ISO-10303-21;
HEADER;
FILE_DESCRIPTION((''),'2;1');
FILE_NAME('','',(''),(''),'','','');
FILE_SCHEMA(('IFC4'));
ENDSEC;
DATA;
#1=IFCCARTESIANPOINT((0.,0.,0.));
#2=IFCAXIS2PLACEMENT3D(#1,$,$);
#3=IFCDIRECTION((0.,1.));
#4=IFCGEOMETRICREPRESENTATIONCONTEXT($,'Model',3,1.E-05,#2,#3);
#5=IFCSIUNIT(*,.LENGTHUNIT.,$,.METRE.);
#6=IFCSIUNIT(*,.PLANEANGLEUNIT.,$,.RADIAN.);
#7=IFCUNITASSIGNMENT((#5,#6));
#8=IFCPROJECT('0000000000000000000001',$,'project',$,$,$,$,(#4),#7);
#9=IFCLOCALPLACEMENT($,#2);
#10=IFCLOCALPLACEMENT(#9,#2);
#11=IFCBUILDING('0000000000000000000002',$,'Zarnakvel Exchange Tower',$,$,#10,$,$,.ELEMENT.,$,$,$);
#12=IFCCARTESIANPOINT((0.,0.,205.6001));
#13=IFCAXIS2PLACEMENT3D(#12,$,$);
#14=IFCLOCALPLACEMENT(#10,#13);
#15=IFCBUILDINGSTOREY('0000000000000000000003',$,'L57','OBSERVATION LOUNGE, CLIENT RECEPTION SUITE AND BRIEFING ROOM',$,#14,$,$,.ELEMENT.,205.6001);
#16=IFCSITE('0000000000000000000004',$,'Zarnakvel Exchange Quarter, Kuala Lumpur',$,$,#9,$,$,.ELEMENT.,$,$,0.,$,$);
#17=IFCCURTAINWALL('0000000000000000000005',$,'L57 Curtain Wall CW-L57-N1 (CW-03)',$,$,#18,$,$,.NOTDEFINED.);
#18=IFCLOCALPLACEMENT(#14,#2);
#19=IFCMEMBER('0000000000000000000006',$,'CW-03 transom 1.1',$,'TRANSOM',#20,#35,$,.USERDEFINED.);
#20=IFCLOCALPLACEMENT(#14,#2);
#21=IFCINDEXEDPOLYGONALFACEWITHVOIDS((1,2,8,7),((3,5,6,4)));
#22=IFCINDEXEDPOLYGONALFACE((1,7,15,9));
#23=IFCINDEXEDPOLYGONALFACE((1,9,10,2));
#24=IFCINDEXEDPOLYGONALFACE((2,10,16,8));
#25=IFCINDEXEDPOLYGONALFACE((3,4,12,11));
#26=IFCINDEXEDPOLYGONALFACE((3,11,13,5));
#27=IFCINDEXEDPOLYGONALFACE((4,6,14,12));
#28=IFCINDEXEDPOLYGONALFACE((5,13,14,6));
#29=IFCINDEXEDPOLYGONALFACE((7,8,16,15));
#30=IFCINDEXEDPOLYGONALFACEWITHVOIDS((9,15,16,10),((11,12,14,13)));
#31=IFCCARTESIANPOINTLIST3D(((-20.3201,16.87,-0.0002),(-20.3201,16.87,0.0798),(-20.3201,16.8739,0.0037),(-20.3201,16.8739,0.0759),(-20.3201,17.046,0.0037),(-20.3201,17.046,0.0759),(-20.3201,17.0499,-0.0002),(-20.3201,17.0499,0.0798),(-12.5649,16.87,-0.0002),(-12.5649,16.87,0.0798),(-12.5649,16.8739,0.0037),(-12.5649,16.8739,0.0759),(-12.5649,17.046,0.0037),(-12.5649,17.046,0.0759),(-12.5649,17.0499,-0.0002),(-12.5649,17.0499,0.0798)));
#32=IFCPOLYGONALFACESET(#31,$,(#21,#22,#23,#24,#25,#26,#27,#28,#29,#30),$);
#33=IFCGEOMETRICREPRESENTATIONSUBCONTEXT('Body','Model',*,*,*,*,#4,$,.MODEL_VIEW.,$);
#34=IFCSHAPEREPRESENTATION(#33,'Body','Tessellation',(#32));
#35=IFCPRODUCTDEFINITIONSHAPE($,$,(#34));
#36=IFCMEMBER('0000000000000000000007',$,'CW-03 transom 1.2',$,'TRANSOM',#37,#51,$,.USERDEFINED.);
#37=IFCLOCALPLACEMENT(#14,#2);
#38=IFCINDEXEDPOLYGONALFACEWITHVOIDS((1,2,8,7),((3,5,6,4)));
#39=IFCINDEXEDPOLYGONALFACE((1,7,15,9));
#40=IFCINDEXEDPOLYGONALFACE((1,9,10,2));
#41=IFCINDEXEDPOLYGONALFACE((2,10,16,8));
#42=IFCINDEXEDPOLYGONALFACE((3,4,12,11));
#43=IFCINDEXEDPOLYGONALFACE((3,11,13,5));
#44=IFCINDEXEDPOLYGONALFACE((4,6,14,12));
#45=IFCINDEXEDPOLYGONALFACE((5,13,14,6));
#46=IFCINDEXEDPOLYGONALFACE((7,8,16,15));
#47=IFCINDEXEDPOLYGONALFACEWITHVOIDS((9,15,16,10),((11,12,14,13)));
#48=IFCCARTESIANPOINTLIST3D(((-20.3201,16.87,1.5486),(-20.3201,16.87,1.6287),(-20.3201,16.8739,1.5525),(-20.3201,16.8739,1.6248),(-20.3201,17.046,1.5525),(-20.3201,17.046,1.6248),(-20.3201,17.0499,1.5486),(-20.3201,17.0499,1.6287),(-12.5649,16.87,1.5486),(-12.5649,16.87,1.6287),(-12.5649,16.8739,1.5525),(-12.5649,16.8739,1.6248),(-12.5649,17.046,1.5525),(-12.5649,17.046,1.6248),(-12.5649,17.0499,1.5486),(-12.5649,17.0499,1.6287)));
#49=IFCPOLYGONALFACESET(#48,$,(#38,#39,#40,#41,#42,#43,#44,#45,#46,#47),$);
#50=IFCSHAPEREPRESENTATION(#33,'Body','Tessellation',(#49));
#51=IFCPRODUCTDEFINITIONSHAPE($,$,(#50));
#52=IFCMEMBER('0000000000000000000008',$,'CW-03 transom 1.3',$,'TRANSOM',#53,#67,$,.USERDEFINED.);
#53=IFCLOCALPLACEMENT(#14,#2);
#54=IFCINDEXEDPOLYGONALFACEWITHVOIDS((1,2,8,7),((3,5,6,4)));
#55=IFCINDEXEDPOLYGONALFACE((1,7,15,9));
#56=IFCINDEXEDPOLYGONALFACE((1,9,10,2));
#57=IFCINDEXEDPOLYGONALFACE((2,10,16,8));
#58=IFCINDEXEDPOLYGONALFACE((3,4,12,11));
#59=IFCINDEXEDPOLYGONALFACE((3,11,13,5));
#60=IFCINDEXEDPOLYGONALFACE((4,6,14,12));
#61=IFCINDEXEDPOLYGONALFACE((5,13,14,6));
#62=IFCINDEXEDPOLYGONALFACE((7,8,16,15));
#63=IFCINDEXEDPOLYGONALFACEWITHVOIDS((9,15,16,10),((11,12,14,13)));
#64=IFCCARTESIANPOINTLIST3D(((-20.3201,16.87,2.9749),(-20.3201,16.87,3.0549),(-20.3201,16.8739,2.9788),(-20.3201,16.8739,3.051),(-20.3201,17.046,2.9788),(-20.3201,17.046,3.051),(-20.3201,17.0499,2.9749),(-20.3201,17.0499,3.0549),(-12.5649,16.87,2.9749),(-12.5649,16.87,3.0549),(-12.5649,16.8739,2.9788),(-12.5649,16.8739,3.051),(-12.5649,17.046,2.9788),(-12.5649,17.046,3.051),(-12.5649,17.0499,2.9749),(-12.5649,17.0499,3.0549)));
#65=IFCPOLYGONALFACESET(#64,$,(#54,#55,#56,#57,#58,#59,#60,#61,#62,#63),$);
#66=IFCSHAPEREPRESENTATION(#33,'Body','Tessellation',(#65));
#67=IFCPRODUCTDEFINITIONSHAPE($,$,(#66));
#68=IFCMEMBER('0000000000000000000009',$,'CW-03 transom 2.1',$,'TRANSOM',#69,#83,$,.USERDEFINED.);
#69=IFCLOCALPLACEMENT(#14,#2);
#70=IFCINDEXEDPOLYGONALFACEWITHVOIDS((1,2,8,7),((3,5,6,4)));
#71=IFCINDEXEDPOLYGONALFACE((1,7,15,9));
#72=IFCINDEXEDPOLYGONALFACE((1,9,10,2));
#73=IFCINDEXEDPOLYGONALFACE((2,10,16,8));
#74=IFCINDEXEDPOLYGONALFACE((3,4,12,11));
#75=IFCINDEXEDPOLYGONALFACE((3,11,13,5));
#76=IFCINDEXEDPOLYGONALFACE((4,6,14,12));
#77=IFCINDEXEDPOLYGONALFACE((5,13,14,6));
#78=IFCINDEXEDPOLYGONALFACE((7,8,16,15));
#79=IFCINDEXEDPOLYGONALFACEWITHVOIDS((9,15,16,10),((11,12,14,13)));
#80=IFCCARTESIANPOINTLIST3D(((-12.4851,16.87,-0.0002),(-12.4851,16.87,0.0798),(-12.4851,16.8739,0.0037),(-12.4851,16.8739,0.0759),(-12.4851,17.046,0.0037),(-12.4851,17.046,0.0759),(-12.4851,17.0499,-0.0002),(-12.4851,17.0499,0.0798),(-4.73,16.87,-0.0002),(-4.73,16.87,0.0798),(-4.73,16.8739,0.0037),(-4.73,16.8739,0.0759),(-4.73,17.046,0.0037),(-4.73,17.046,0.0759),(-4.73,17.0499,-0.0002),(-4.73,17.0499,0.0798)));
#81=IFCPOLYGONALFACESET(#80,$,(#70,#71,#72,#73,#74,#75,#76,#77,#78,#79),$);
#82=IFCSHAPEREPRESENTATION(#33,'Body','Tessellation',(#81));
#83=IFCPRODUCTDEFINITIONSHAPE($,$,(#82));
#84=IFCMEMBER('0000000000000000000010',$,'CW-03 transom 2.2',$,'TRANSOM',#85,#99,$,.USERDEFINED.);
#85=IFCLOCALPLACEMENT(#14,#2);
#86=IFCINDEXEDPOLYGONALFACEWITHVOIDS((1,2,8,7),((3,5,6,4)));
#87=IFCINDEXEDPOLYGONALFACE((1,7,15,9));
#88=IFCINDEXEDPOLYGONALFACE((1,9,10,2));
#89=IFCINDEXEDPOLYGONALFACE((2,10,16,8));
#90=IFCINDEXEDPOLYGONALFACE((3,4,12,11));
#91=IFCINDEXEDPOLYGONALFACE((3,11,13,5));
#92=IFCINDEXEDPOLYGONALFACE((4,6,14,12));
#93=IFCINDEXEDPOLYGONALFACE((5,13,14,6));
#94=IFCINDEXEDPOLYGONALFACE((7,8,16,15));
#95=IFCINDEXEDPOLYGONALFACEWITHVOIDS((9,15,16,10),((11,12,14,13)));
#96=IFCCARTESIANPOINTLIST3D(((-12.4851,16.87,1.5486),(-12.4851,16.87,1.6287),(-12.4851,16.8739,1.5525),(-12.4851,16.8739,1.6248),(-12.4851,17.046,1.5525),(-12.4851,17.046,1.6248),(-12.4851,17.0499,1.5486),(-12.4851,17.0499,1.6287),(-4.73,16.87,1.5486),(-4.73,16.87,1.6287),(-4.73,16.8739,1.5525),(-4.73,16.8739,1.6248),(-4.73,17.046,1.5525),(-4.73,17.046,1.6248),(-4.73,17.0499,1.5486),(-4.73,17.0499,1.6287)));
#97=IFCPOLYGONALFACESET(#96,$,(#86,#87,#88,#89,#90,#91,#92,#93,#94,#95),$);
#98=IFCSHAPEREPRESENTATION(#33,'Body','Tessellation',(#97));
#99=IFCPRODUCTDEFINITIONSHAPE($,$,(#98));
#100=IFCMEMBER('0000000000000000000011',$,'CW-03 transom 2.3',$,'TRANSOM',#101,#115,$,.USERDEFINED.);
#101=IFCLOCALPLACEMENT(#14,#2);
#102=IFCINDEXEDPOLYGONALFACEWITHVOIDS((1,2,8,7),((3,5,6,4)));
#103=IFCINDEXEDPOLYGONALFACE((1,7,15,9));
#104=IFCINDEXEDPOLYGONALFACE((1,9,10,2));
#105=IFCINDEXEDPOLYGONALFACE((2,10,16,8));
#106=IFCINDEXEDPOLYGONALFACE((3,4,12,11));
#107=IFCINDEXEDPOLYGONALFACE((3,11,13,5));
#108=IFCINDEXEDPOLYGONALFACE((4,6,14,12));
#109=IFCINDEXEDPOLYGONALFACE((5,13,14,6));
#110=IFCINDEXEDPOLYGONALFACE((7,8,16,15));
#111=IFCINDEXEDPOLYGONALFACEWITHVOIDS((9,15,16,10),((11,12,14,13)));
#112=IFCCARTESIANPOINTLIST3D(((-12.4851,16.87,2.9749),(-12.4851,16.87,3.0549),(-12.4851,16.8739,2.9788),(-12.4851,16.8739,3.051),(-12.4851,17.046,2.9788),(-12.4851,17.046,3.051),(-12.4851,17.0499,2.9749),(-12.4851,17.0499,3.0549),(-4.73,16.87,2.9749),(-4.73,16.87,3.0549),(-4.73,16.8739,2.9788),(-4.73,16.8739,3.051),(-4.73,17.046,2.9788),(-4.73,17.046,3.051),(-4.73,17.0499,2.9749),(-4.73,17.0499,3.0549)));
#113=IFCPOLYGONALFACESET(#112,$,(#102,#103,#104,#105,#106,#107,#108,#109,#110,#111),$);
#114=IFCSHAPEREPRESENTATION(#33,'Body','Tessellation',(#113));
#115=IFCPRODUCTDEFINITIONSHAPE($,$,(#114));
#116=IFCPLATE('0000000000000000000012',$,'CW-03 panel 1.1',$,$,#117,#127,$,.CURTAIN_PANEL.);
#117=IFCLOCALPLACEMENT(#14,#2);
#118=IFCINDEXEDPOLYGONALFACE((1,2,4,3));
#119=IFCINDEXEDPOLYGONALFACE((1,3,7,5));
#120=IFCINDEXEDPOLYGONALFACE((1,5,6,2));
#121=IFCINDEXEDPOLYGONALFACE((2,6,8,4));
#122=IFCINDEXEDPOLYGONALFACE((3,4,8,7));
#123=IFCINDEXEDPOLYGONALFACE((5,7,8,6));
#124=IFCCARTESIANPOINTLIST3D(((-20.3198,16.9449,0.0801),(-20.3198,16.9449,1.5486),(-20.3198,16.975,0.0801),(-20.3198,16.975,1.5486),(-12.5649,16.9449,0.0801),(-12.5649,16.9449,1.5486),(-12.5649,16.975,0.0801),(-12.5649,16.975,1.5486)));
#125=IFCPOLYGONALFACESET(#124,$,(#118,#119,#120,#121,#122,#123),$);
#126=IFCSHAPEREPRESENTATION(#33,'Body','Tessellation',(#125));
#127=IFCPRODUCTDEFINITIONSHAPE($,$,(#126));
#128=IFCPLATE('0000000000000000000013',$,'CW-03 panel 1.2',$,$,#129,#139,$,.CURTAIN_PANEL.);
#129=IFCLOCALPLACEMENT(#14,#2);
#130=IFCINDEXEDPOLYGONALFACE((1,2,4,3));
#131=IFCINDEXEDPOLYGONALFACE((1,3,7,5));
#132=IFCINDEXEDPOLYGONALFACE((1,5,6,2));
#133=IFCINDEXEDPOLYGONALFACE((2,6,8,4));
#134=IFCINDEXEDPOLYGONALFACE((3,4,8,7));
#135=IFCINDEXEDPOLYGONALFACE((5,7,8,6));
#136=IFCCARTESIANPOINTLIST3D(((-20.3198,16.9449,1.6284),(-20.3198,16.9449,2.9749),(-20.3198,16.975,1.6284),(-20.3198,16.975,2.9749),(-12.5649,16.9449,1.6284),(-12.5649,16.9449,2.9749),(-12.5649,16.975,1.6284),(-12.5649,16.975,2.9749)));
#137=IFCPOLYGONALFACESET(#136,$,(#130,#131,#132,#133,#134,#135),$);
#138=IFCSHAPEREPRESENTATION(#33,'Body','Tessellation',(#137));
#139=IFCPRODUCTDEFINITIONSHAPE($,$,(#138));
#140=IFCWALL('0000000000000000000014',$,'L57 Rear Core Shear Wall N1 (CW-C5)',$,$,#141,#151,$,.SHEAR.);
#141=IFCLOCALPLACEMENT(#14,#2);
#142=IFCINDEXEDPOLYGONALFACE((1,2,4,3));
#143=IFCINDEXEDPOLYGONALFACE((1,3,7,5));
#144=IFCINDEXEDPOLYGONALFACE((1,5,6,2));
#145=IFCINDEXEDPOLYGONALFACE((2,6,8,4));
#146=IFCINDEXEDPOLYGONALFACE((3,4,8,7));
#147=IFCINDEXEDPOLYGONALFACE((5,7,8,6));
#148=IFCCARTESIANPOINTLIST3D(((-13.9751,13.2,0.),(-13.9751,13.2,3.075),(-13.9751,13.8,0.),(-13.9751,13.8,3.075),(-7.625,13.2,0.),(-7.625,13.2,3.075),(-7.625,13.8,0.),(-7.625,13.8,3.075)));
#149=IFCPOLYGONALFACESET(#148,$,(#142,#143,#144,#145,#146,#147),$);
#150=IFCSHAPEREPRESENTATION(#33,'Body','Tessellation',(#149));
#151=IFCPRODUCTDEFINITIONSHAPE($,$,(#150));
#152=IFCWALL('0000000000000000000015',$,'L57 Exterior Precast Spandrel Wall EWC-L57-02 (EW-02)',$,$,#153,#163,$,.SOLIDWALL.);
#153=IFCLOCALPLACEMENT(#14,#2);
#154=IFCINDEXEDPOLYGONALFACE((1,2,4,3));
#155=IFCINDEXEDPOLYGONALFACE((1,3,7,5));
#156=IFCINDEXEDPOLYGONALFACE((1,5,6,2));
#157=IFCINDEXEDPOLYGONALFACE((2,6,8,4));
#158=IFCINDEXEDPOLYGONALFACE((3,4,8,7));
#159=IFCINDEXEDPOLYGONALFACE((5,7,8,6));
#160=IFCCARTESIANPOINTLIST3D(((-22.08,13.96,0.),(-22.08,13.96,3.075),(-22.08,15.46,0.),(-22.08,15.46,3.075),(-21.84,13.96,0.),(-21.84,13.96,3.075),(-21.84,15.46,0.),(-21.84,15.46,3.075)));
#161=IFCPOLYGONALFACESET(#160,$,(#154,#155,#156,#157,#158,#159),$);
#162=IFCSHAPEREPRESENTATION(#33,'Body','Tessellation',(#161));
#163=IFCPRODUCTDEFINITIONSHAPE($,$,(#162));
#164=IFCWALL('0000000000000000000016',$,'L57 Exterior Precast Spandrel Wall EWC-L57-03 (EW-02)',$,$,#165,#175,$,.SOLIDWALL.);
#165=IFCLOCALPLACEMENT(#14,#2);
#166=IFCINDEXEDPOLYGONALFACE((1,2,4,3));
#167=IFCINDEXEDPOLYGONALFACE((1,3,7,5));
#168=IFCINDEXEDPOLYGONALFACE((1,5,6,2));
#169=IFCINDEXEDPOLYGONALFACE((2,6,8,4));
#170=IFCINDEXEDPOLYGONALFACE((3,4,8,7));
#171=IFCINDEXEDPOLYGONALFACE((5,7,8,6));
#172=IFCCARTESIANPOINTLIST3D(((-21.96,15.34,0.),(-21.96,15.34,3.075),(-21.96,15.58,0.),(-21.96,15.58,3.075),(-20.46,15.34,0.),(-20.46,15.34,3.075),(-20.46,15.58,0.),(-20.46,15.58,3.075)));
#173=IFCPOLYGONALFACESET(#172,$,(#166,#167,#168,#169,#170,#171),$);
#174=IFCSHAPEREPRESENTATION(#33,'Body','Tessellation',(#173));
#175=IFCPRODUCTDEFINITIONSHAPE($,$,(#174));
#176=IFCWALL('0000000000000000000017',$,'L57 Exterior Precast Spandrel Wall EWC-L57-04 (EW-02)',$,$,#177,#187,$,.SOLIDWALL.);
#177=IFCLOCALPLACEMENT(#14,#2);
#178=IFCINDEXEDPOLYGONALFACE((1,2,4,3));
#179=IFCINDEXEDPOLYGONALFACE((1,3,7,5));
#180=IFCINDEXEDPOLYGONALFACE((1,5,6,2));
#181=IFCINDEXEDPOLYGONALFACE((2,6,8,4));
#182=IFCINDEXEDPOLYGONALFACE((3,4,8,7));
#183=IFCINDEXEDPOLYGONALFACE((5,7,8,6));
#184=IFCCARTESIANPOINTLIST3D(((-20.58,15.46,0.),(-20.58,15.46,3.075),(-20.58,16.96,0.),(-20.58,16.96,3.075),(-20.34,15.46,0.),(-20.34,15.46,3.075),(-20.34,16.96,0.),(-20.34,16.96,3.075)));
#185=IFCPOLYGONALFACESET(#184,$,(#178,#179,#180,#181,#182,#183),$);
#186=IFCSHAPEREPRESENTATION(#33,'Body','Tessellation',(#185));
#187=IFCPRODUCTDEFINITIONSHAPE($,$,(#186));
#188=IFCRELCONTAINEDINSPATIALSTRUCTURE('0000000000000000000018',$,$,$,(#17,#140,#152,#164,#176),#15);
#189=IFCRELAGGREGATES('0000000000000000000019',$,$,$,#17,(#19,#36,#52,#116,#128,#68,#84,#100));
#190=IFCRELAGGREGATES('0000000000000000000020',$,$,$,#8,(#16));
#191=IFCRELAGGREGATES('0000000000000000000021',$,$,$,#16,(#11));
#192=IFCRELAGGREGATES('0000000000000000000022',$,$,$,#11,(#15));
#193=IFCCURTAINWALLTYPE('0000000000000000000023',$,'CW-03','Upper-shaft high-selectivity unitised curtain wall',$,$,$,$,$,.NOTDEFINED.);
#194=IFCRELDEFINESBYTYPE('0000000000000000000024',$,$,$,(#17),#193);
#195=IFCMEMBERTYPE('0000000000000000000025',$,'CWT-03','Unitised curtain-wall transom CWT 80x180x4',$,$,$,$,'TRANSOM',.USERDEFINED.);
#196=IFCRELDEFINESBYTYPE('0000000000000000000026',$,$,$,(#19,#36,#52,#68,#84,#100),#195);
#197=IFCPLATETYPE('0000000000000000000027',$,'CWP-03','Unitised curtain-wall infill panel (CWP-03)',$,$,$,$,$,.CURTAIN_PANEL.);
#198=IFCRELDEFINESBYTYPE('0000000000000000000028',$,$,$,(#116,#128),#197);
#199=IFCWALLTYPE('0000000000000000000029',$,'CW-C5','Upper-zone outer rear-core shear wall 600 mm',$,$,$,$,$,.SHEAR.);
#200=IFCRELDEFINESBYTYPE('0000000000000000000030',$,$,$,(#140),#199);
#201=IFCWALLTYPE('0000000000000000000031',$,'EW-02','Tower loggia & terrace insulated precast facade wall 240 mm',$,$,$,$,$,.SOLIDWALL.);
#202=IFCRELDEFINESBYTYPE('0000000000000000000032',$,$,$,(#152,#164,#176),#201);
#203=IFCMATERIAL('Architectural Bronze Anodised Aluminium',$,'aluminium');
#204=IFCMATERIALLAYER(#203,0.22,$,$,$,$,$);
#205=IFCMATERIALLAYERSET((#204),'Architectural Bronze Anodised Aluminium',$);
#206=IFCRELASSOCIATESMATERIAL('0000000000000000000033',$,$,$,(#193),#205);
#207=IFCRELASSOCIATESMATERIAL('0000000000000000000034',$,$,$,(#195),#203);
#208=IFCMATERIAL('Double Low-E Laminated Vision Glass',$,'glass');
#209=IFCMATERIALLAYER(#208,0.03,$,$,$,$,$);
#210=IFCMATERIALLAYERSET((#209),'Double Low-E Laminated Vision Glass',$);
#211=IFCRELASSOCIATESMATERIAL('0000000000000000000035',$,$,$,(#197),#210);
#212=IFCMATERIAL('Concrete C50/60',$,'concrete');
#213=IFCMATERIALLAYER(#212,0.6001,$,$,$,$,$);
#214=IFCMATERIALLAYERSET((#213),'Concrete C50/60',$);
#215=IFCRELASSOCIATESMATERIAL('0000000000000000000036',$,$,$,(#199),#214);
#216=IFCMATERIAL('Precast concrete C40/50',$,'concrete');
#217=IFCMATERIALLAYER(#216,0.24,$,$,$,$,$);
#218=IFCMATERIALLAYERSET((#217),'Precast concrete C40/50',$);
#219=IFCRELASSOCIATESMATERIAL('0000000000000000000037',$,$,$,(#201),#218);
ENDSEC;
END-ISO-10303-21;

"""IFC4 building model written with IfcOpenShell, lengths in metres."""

from ifc_helpers import new_model, si_unit, direction, frame, frame_2d, origin, origin_2d, place, context, subcontext, project, spatial, rectangle, hollow_rectangle, extrude, source, transform, mapped, material, layer, layer_set, material_profile, profile_set, type_object, element, aggregate, save


model = new_model("IFC4")

# Units and contexts
model_context = context("Model", 3, precision=1e-05, world=origin(), true_north=direction((0.0, 1.0)))
body_context = subcontext(model_context, "Body", "Model", "MODEL_VIEW")
ifc_project = project(units=[si_unit("LENGTHUNIT", "METRE"), si_unit("PLANEANGLEUNIT", "RADIAN")], contexts=[model_context])

# Site, building, storey
site_placement = place(None, origin())
site = spatial("IfcSite", under=ifc_project, at=site_placement, Name="Zarnakvel Exchange Quarter, Kuala Lumpur", CompositionType="ELEMENT", RefElevation=0.0)
building_placement = place(site_placement, origin())
building = spatial("IfcBuilding", under=site, at=building_placement, Name="Zarnakvel Exchange Tower", CompositionType="ELEMENT")
storey_placement = place(building_placement, frame((0.0, 0.0, 205.6001)))
storey = spatial("IfcBuildingStorey", under=building, at=storey_placement, Name="L57", Description="OBSERVATION LOUNGE, CLIENT RECEPTION SUITE AND BRIEFING ROOM", CompositionType="ELEMENT", Elevation=205.6001)

# Shared definitions
ifc_material_1 = material(Name="Concrete C50/60", Category="concrete")

# Shared definitions
ifc_material_2 = material(Name="Architectural Bronze Anodised Aluminium", Category="aluminium")

# Curtain wall, members, plates
ifc_layer_1 = layer(ifc_material_2, 0.22)
ifc_layer_set_1 = layer_set([ifc_layer_1], Name="Architectural Bronze Anodised Aluminium")
curtain_wall_type_1 = type_object("IfcCurtainWallType", Name="CW-03", Description="Upper-shaft high-selectivity unitised curtain wall", PredefinedType="NOTDEFINED", material=ifc_layer_set_1)
curtain_wall_1_placement = place(storey_placement, origin())
curtain_wall_1 = element("IfcCurtainWall", 1, at=curtain_wall_1_placement, inside=storey, type_object=curtain_wall_type_1, Name="L57 Curtain Wall CW-L57-N1 (CW-03)", PredefinedType="NOTDEFINED")
ifc_material_profile_1 = material_profile(ifc_material_2, hollow_rectangle(XDim=0.1799, YDim=0.0801, WallThickness=0.0039, at=origin_2d()))
ifc_profile_set_1 = profile_set([ifc_material_profile_1], Name="Architectural Bronze Anodised Aluminium")
member_type_1 = type_object("IfcMemberType", Name="CWT-03", Description="Unitised curtain-wall transom CWT 80x180x4", ElementType="TRANSOM", PredefinedType="USERDEFINED", material=ifc_profile_set_1)
shared_shape_1 = source(origin(), body_context, "Body", "SweptSolid", [
    extrude(hollow_rectangle(XDim=0.1799, YDim=0.0801, WallThickness=0.0039, at=origin_2d()), origin(), (0.0, 0.0, 1.0), 7.7551),
])
member_1_placement = place(storey_placement, frame((-20.3201, 16.96, 0.0398), z_axis=(1.0, 0.0, 0.0), x_axis=(0.0, 1.0, 0.0)))
member_1 = element("IfcMember", 2, at=member_1_placement, type_object=member_type_1, Name="CW-03 transom 1.1", ObjectType="TRANSOM", PredefinedType="USERDEFINED", context=body_context, shape_type="MappedRepresentation", body=[
    mapped(shared_shape_1, transform((0.0, 0.0, 0.0), x_axis=(1.0, 0.0, 0.0), y_axis=(0.0, 1.0, 0.0), z_axis=(0.0, 0.0, 1.0), scale=1.0)),
])
member_2_placement = place(storey_placement, frame((-20.3201, 16.96, 1.5886), z_axis=(1.0, 0.0, 0.0), x_axis=(0.0, 1.0, 0.0)))
member_2 = element("IfcMember", 3, at=member_2_placement, type_object=member_type_1, Name="CW-03 transom 1.2", ObjectType="TRANSOM", PredefinedType="USERDEFINED", context=body_context, shape_type="MappedRepresentation", body=[
    mapped(shared_shape_1, transform((0.0, 0.0, 0.0), x_axis=(1.0, 0.0, 0.0), y_axis=(0.0, 1.0, 0.0), z_axis=(0.0, 0.0, 1.0), scale=1.0)),
])
member_3_placement = place(storey_placement, frame((-20.3201, 16.96, 3.0149), z_axis=(1.0, 0.0, 0.0), x_axis=(0.0, 1.0, 0.0)))
member_3 = element("IfcMember", 4, at=member_3_placement, type_object=member_type_1, Name="CW-03 transom 1.3", ObjectType="TRANSOM", PredefinedType="USERDEFINED", context=body_context, shape_type="MappedRepresentation", body=[
    mapped(shared_shape_1, transform((0.0, 0.0, 0.0), x_axis=(1.0, 0.0, 0.0), y_axis=(0.0, 1.0, 0.0), z_axis=(0.0, 0.0, 1.0), scale=1.0)),
])
member_4_placement = place(storey_placement, frame((-12.4851, 16.96, 0.0398), z_axis=(1.0, 0.0, 0.0), x_axis=(0.0, 1.0, 0.0)))
member_4 = element("IfcMember", 5, at=member_4_placement, type_object=member_type_1, Name="CW-03 transom 2.1", ObjectType="TRANSOM", PredefinedType="USERDEFINED", context=body_context, shape_type="MappedRepresentation", body=[
    mapped(shared_shape_1, transform((0.0, 0.0, 0.0), x_axis=(1.0, 0.0, 0.0), y_axis=(0.0, 1.0, 0.0), z_axis=(0.0, 0.0, 1.0), scale=1.0)),
])
member_5_placement = place(storey_placement, frame((-12.4851, 16.96, 1.5886), z_axis=(1.0, 0.0, 0.0), x_axis=(0.0, 1.0, 0.0)))
member_5 = element("IfcMember", 6, at=member_5_placement, type_object=member_type_1, Name="CW-03 transom 2.2", ObjectType="TRANSOM", PredefinedType="USERDEFINED", context=body_context, shape_type="MappedRepresentation", body=[
    mapped(shared_shape_1, transform((0.0, 0.0, 0.0), x_axis=(1.0, 0.0, 0.0), y_axis=(0.0, 1.0, 0.0), z_axis=(0.0, 0.0, 1.0), scale=1.0)),
])
member_6_placement = place(storey_placement, frame((-12.4851, 16.96, 3.0149), z_axis=(1.0, 0.0, 0.0), x_axis=(0.0, 1.0, 0.0)))
member_6 = element("IfcMember", 7, at=member_6_placement, type_object=member_type_1, Name="CW-03 transom 2.3", ObjectType="TRANSOM", PredefinedType="USERDEFINED", context=body_context, shape_type="MappedRepresentation", body=[
    mapped(shared_shape_1, transform((0.0, 0.0, 0.0), x_axis=(1.0, 0.0, 0.0), y_axis=(0.0, 1.0, 0.0), z_axis=(0.0, 0.0, 1.0), scale=1.0)),
])
ifc_material_3 = material(Name="Double Low-E Laminated Vision Glass", Category="glass")
ifc_layer_2 = layer(ifc_material_3, 0.03)
ifc_layer_set_2 = layer_set([ifc_layer_2], Name="Double Low-E Laminated Vision Glass")
plate_type = type_object("IfcPlateType", Name="CWP-03", Description="Unitised curtain-wall infill panel (CWP-03)", PredefinedType="CURTAIN_PANEL", material=ifc_layer_set_2)
shared_shape_2 = source(origin(), body_context, "Body", "SweptSolid", [
    extrude(rectangle(XDim=7.7549, YDim=0.03, at=origin_2d()), origin(), (0.0, 0.0, 1.0), 1.4685),
])
plate_1_placement = place(storey_placement, frame((-16.4424, 16.96, 0.0801), z_axis=(0.0, 0.0, 1.0), x_axis=(1.0, 0.0, 0.0)))
plate_1 = element("IfcPlate", 8, at=plate_1_placement, type_object=plate_type, Name="CW-03 panel 1.1", PredefinedType="CURTAIN_PANEL", context=body_context, shape_type="MappedRepresentation", body=[
    mapped(shared_shape_2, transform((0.0, 0.0, 0.0), x_axis=(1.0, 0.0, 0.0), y_axis=(0.0, 1.0, 0.0), z_axis=(0.0, 0.0, 1.0), scale=1.0)),
])
shared_shape_3 = source(origin(), body_context, "Body", "SweptSolid", [
    extrude(rectangle(XDim=7.7549, YDim=0.03, at=origin_2d()), origin(), (0.0, 0.0, 1.0), 1.3464),
])
plate_2_placement = place(storey_placement, frame((-16.4424, 16.96, 1.6284), z_axis=(0.0, 0.0, 1.0), x_axis=(1.0, 0.0, 0.0)))
plate_2 = element("IfcPlate", 9, at=plate_2_placement, type_object=plate_type, Name="CW-03 panel 1.2", PredefinedType="CURTAIN_PANEL", context=body_context, shape_type="MappedRepresentation", body=[
    mapped(shared_shape_3, transform((0.0, 0.0, 0.0), x_axis=(1.0, 0.0, 0.0), y_axis=(0.0, 1.0, 0.0), z_axis=(0.0, 0.0, 1.0), scale=1.0)),
])
aggregate(curtain_wall_1, [member_1, member_2, member_3, plate_1, plate_2, member_4, member_5, member_6])

# Walls
ifc_layer_3 = layer(ifc_material_1, 0.6001)
ifc_layer_set_3 = layer_set([ifc_layer_3], Name="Concrete C50/60")
wall_type_1 = type_object("IfcWallType", Name="CW-C5", Description="Upper-zone outer rear-core shear wall 600 mm", PredefinedType="SHEAR", material=ifc_layer_set_3)
wall_1_placement = place(storey_placement, frame((-13.9751, 13.5, 0.0), z_axis=(0.0, 0.0, 1.0), x_axis=(1.0, 0.0, 0.0)))
element("IfcWall", 10, at=wall_1_placement, inside=storey, type_object=wall_type_1, Name="L57 Rear Core Shear Wall N1 (CW-C5)", PredefinedType="SHEAR", context=body_context, shape_type="SweptSolid", body=[
    extrude(rectangle(XDim=6.3501, YDim=0.6001, at=frame_2d((3.175, 0.0))), origin(), (0.0, 0.0, 1.0), 3.075),
])
ifc_material_4 = material(Name="Precast concrete C40/50", Category="concrete")
ifc_layer_4 = layer(ifc_material_4, 0.24)
ifc_layer_set_4 = layer_set([ifc_layer_4], Name="Precast concrete C40/50")
wall_type_2 = type_object("IfcWallType", Name="EW-02", Description="Tower loggia & terrace insulated precast facade wall 240 mm", PredefinedType="SOLIDWALL", material=ifc_layer_set_4)
for number, where, z_axis, x_axis, name in (
    (11, (-21.96, 15.46, 0.0), (0.0, 0.0, 1.0), (0.0, -1.0, 0.0), "L57 Exterior Precast Spandrel Wall EWC-L57-02 (EW-02)"),
    (12, (-20.46, 15.46, 0.0), (0.0, 0.0, 1.0), (-1.0, 0.0, 0.0), "L57 Exterior Precast Spandrel Wall EWC-L57-03 (EW-02)"),
    (13, (-20.46, 16.96, 0.0), (0.0, 0.0, 1.0), (0.0, -1.0, 0.0), "L57 Exterior Precast Spandrel Wall EWC-L57-04 (EW-02)"),
):
    element("IfcWall", number, at=place(storey_placement, frame(where, z_axis=z_axis, x_axis=x_axis)), inside=storey, type_object=wall_type_2, Name=name, PredefinedType="SOLIDWALL", context=body_context, shape_type="SweptSolid", body=[
        extrude(rectangle(XDim=1.5, YDim=0.24, at=frame_2d((0.75, 0.0))), origin(), (0.0, 0.0, 1.0), 3.075),
    ])

save(model, "model.ifc")
